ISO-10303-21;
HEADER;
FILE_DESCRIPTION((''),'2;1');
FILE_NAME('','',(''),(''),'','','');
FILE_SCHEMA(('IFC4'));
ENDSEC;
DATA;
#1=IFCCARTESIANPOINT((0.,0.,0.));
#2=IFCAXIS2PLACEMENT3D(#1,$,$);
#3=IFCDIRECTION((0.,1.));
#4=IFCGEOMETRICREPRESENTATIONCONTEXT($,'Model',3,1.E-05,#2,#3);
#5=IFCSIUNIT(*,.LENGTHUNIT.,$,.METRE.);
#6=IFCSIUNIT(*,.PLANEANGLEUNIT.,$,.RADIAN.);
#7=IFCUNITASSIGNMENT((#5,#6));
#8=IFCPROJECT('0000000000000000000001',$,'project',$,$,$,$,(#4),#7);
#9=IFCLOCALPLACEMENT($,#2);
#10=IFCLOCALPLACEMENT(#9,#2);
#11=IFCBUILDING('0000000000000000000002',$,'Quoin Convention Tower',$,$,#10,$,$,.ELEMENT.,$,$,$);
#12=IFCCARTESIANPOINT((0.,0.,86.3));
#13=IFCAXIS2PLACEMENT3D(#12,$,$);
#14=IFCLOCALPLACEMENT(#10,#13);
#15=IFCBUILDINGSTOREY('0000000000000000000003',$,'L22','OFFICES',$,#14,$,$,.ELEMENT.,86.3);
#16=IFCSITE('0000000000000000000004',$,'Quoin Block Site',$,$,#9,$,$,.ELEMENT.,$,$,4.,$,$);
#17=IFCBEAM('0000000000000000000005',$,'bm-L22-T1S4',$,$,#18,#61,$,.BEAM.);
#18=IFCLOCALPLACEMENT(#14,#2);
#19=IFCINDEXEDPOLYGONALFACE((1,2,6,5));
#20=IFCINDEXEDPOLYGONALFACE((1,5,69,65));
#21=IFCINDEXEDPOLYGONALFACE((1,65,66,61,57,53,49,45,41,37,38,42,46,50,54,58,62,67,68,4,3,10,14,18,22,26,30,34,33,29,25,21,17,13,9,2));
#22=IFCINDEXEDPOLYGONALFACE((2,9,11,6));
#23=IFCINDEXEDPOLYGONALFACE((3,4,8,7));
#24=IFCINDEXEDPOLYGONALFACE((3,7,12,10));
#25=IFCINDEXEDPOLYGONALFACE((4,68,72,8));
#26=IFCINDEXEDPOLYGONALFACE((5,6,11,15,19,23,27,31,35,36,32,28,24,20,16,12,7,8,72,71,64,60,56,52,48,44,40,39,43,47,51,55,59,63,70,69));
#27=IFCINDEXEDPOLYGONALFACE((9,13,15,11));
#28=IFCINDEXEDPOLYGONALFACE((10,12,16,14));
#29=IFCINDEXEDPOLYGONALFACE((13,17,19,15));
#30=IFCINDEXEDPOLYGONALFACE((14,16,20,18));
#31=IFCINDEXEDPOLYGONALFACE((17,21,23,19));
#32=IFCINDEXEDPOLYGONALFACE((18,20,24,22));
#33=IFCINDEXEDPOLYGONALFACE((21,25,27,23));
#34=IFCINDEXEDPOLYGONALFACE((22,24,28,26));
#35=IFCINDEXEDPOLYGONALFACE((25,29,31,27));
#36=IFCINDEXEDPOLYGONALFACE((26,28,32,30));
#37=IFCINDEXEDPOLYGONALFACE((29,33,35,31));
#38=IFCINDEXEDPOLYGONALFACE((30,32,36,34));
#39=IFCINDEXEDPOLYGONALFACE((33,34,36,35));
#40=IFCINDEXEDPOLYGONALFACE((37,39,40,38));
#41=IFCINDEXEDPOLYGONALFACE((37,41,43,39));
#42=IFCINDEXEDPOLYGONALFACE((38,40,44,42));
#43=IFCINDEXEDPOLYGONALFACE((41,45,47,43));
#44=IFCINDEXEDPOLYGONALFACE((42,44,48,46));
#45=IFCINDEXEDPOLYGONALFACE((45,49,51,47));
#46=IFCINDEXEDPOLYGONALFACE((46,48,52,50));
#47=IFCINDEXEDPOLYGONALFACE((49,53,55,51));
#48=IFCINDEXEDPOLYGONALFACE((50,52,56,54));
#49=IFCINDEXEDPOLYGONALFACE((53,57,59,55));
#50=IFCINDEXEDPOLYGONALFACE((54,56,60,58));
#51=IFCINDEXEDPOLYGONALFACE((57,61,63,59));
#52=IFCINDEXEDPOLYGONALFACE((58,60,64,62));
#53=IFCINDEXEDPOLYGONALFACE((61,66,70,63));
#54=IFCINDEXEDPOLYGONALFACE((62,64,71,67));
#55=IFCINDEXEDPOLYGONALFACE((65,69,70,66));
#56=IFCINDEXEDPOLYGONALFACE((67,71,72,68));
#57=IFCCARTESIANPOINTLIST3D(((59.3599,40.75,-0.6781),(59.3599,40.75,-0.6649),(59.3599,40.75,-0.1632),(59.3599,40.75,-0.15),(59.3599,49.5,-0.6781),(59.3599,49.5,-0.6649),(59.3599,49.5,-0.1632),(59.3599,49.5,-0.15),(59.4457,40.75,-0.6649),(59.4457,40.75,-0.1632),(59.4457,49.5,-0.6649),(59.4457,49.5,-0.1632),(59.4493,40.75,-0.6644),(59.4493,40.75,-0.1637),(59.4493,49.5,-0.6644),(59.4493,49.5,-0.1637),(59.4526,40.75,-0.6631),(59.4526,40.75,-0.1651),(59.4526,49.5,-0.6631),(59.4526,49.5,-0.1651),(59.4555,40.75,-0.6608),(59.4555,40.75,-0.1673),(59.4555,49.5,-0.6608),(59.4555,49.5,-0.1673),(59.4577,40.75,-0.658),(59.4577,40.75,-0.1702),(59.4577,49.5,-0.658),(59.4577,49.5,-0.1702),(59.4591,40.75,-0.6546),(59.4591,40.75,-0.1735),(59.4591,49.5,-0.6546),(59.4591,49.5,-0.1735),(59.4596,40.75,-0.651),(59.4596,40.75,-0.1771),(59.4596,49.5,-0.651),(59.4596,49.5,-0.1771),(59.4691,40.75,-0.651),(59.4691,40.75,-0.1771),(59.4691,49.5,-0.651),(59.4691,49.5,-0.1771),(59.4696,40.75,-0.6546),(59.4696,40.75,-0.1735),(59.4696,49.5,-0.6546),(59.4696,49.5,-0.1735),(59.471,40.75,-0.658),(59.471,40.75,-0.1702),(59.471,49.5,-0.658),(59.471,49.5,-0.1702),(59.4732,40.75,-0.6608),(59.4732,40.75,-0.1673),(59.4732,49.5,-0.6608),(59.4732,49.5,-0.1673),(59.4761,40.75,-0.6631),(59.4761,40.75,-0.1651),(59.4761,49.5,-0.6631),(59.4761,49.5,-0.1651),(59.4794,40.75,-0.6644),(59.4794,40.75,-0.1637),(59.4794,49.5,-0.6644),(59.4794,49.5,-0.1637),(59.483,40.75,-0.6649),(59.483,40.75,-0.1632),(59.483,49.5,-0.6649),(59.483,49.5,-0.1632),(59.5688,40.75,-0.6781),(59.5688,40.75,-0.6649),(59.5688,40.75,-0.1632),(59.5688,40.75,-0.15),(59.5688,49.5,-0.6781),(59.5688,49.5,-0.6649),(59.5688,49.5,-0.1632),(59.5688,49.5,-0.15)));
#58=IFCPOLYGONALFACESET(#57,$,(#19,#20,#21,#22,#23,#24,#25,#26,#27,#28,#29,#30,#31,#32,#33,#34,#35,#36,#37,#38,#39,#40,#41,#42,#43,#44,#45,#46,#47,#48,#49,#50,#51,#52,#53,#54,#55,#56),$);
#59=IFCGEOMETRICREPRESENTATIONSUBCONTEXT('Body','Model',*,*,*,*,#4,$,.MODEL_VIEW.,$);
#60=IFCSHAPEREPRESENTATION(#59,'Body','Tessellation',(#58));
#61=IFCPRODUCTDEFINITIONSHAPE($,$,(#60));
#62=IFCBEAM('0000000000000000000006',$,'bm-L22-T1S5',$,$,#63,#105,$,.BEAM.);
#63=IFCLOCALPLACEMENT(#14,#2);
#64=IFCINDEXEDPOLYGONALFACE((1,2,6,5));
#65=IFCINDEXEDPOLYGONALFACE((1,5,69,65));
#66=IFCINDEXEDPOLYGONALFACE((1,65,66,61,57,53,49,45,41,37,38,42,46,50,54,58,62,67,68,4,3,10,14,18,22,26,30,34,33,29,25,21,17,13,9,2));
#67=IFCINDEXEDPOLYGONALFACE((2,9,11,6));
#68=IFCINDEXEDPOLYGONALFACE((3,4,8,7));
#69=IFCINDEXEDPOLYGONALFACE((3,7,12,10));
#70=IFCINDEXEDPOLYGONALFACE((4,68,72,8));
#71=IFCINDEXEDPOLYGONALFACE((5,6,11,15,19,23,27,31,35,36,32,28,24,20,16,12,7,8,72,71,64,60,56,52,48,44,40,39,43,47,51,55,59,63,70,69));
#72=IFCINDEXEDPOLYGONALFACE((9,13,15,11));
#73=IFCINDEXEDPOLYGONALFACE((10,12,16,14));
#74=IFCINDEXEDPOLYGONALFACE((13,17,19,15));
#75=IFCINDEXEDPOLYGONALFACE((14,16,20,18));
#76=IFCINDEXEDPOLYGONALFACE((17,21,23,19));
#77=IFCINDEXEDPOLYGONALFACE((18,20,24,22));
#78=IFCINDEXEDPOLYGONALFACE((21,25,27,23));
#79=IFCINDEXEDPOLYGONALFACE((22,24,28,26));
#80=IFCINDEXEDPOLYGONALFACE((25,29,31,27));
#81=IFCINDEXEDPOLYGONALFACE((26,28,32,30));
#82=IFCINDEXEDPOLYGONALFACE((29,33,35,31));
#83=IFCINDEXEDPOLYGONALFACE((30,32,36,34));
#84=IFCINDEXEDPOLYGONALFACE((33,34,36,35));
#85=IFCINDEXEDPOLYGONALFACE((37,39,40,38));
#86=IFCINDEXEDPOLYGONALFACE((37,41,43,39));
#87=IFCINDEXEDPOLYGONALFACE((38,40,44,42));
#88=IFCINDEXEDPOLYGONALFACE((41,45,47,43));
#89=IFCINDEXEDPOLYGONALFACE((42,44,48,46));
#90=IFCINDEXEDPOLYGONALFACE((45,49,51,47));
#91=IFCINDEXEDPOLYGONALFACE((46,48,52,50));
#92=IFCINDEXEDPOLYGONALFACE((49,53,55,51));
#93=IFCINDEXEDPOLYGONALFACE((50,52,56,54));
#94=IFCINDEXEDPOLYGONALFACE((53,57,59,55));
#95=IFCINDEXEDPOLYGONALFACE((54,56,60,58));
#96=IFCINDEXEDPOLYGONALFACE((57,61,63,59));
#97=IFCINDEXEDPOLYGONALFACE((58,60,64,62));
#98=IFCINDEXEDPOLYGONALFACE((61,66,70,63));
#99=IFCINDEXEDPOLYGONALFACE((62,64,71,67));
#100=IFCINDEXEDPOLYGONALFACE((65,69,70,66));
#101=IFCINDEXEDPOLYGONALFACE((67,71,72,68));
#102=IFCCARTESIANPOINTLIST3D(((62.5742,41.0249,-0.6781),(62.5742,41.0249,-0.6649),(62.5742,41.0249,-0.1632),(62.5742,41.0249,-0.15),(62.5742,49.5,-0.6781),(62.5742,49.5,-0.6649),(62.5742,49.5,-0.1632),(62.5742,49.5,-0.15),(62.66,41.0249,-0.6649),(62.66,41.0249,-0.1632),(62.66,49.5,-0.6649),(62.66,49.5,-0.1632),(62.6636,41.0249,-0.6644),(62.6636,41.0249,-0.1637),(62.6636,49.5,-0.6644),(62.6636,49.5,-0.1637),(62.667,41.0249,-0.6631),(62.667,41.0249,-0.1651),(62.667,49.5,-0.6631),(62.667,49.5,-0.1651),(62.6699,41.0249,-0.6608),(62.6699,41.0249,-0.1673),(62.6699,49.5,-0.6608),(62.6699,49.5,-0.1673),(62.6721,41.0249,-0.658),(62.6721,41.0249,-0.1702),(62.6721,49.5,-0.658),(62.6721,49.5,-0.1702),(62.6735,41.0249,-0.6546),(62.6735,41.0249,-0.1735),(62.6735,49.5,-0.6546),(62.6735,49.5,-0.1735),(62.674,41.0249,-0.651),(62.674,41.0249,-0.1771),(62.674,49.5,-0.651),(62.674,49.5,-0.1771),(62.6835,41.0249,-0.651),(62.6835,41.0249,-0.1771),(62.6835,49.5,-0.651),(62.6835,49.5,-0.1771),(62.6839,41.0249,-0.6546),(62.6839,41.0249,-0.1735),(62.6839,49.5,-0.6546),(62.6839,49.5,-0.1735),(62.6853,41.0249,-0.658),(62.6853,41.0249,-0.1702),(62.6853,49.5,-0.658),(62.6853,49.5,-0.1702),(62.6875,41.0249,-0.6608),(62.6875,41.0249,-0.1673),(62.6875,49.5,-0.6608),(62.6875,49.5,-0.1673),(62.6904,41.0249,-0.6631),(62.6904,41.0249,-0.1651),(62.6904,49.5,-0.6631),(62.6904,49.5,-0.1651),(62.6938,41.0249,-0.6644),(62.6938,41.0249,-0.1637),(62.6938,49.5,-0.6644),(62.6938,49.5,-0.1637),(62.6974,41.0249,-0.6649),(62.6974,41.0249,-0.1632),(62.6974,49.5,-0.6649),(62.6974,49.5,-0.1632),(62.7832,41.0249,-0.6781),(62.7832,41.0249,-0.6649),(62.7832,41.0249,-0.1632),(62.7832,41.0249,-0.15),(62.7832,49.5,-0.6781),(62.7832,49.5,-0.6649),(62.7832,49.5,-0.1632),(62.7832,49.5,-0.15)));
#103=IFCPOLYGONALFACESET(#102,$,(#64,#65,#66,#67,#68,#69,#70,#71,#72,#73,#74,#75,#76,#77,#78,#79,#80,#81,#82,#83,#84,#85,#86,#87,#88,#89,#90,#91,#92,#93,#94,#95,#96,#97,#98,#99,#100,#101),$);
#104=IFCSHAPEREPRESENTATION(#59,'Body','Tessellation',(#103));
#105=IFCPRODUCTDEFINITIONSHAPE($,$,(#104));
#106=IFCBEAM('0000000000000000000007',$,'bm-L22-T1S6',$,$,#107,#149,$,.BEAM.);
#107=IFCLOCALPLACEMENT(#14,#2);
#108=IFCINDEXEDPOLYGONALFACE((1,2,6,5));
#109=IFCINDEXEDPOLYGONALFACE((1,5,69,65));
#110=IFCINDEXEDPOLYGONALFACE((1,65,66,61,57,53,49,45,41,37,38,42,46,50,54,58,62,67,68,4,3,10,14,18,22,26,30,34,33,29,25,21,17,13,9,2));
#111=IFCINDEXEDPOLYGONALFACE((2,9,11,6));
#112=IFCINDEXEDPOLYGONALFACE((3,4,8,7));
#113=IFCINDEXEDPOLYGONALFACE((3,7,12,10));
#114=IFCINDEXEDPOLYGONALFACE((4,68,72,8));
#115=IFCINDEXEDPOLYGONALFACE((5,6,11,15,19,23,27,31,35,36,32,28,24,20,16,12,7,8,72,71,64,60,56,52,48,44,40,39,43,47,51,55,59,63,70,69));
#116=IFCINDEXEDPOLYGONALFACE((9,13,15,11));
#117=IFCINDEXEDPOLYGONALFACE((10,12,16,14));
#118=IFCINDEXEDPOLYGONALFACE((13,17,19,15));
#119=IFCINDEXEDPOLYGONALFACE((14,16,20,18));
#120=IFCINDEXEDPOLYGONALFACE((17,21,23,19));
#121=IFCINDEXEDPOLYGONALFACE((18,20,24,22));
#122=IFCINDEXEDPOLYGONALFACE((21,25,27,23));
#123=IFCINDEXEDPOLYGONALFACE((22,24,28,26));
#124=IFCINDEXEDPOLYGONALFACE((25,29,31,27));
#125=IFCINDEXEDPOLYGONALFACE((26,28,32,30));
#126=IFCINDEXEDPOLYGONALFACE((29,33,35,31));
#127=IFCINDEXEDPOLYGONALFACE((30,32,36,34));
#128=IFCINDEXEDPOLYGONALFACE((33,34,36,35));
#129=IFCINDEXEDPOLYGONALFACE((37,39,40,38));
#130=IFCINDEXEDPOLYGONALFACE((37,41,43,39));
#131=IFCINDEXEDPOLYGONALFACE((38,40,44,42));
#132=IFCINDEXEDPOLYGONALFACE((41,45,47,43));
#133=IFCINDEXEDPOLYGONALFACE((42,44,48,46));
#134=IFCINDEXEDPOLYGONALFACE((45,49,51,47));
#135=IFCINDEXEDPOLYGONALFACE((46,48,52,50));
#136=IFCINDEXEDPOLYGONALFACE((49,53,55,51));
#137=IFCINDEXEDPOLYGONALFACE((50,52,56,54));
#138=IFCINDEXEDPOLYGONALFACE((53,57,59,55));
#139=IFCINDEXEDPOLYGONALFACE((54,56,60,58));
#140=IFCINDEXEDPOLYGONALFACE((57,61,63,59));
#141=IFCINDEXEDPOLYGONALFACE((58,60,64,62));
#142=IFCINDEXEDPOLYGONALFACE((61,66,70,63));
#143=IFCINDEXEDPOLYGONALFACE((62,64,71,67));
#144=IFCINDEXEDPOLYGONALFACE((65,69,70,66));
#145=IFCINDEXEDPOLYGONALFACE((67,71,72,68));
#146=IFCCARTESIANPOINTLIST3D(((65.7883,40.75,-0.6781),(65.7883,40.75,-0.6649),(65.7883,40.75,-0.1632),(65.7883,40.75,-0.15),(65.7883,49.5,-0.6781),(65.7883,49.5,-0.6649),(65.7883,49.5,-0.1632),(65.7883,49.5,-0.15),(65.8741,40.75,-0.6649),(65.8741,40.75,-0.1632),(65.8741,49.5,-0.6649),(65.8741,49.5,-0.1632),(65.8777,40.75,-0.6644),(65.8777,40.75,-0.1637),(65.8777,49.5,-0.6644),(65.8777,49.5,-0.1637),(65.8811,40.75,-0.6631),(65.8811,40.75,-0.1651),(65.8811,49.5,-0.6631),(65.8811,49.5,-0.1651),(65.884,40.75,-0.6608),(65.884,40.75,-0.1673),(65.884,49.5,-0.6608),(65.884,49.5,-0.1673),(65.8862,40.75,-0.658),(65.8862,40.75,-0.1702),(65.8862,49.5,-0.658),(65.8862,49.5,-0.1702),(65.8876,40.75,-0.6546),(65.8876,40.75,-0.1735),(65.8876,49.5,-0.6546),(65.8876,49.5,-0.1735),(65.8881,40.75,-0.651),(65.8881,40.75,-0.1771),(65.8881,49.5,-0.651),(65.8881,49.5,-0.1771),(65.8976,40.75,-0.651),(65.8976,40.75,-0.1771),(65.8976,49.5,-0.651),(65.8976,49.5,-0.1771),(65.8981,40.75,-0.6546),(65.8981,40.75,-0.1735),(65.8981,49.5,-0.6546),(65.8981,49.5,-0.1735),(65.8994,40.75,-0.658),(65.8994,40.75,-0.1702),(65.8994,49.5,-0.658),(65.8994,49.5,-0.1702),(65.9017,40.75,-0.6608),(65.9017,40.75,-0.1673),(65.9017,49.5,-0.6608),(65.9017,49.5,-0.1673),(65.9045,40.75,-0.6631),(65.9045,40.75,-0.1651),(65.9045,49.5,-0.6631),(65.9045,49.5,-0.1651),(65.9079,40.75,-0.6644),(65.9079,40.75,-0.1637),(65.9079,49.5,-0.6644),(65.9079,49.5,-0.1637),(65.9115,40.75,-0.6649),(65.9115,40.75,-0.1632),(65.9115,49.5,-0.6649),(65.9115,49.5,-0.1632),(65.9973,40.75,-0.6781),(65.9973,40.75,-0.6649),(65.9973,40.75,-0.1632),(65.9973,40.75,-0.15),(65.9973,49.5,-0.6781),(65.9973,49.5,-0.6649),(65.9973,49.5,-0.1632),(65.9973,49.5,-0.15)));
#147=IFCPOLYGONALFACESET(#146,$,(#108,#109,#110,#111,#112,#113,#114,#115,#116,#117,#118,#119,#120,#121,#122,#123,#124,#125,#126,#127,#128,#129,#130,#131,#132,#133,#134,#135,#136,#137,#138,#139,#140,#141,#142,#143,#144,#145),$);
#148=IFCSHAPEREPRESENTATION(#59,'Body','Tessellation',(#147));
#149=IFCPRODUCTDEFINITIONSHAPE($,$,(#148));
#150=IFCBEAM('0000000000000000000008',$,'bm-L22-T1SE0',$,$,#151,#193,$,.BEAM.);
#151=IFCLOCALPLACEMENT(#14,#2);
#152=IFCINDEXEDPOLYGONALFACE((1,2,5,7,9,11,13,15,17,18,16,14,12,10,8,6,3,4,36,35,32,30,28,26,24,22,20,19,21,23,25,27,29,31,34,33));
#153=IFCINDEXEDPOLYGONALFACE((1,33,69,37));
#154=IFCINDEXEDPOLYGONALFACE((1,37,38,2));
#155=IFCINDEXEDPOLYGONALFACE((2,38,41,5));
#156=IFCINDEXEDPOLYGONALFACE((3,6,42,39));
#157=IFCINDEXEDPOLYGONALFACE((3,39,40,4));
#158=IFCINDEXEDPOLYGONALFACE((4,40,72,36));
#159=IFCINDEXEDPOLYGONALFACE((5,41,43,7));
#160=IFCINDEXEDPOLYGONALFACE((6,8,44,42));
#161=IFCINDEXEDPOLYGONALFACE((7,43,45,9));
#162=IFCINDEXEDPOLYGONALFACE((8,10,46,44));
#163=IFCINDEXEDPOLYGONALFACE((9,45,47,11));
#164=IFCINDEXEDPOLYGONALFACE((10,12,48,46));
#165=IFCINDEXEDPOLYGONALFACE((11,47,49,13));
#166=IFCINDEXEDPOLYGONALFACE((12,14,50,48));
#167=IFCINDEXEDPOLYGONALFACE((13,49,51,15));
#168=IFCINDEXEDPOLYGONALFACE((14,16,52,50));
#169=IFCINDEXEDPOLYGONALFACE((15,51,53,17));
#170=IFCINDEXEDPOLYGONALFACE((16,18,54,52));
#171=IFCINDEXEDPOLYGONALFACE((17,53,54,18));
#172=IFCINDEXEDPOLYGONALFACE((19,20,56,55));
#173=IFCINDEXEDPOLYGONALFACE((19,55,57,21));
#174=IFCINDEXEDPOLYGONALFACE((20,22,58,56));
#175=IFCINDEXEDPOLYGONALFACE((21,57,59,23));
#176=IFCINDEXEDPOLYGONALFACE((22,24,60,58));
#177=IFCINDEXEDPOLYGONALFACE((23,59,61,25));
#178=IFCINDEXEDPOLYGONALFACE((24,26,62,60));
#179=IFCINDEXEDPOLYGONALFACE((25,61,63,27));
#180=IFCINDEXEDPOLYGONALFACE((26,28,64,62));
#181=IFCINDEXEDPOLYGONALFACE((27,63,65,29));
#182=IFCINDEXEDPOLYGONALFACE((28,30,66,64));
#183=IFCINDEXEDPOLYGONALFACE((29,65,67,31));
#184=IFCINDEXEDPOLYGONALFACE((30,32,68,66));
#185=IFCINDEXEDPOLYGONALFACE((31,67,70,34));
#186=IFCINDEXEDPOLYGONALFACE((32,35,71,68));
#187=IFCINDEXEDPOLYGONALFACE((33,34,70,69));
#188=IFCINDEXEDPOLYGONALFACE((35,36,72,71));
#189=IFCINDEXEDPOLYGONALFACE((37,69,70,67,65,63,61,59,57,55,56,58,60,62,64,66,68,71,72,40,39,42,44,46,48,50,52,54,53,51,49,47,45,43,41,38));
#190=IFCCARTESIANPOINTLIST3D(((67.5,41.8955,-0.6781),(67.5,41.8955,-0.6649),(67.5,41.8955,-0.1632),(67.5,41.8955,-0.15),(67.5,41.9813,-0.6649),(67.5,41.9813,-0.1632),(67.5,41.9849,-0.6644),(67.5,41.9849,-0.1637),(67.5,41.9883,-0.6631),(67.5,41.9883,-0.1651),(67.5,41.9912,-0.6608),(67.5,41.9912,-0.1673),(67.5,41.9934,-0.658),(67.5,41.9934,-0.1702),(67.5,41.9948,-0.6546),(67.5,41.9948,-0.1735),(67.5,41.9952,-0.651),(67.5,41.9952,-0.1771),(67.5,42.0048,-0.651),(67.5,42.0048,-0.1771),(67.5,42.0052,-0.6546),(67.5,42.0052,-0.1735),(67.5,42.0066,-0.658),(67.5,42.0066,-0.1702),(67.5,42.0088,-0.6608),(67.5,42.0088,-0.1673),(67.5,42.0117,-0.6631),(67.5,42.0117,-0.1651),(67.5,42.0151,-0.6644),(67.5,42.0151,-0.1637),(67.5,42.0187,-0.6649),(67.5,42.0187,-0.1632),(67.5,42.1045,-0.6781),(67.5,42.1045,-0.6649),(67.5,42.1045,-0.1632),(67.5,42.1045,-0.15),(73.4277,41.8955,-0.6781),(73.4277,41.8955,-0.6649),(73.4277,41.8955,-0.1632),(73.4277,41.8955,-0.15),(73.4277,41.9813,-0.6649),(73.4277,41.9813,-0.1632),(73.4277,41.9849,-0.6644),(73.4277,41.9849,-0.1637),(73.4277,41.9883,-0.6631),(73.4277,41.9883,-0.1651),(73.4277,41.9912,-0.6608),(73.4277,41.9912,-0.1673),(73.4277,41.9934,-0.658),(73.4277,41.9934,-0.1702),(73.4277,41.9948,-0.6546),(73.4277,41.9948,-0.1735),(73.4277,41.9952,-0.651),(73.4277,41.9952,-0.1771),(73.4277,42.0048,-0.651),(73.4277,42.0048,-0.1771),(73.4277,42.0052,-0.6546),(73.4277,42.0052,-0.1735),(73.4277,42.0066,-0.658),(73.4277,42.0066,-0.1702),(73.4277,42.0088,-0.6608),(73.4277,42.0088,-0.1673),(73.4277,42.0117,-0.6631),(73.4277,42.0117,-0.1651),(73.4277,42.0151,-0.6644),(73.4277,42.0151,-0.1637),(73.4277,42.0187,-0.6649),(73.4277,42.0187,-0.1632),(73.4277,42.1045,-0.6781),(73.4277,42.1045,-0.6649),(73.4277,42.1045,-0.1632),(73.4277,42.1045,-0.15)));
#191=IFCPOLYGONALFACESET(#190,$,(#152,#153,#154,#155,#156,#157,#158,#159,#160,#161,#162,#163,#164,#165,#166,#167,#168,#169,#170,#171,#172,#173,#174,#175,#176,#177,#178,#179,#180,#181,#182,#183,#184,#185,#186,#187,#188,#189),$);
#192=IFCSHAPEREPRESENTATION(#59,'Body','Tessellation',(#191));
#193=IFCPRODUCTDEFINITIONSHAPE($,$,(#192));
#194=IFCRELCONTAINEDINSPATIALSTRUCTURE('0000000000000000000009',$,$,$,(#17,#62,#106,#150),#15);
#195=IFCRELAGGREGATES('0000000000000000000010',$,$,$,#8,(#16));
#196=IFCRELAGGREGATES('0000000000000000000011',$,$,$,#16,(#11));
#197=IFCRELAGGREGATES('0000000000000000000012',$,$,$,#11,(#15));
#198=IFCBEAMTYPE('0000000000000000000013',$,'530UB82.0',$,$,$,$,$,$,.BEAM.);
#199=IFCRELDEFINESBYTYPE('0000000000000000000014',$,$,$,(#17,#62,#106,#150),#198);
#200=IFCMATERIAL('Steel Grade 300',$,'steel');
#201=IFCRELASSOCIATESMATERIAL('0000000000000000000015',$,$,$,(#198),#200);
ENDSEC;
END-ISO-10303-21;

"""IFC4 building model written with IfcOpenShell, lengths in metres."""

from ifc_helpers import new_model, si_unit, direction, frame, origin, origin_2d, place, context, subcontext, project, spatial, i_section, extrude, material, material_profile, profile_set, type_object, element, save


model = new_model("IFC4")

# Units and contexts
model_context = context("Model", 3, precision=1e-05, world=origin(), true_north=direction((0.0, 1.0)))
body_context = subcontext(model_context, "Body", "Model", "MODEL_VIEW")
ifc_project = project(units=[si_unit("LENGTHUNIT", "METRE"), si_unit("PLANEANGLEUNIT", "RADIAN")], contexts=[model_context])

# Site, building, storey
site_placement = place(None, origin())
site = spatial("IfcSite", under=ifc_project, at=site_placement, Name="Quoin Block Site", CompositionType="ELEMENT", RefElevation=4.0)
building_placement = place(site_placement, origin())
building = spatial("IfcBuilding", under=site, at=building_placement, Name="Quoin Convention Tower", CompositionType="ELEMENT")
storey_placement = place(building_placement, frame((0.0, 0.0, 86.3)))
storey = spatial("IfcBuildingStorey", under=building, at=storey_placement, Name="L22", Description="OFFICES", CompositionType="ELEMENT", Elevation=86.3)

# Beams
ifc_material_1 = material(Name="Steel Grade 300", Category="steel")
ifc_material_profile = material_profile(ifc_material_1, i_section(OverallWidth=0.209, OverallDepth=0.5281, WebThickness=0.0095, FlangeThickness=0.0132, FilletRadius=0.0139, at=origin_2d()), Name="530UB82.0")
ifc_profile_set = profile_set([ifc_material_profile], Name="Steel Grade 300")
beam_type = type_object("IfcBeamType", Name="530UB82.0", PredefinedType="BEAM", material=ifc_profile_set)
beam_1_placement = place(storey_placement, frame((59.4644, 40.75, -0.4141), z_axis=(0.0, 1.0, 0.0), x_axis=(-1.0, 0.0, 0.0)))
element("IfcBeam", 1, at=beam_1_placement, inside=storey, type_object=beam_type, Name="bm-L22-T1S4", PredefinedType="BEAM", context=body_context, shape_type="SweptSolid", body=[
    extrude(i_section(OverallWidth=0.209, OverallDepth=0.5281, WebThickness=0.0095, FlangeThickness=0.0132, FilletRadius=0.0139, at=origin_2d()), origin(), (0.0, 0.0, 1.0), 8.75),
])
beam_2_placement = place(storey_placement, frame((62.6787, 41.0249, -0.4141), z_axis=(0.0, 1.0, 0.0), x_axis=(-1.0, 0.0, 0.0)))
element("IfcBeam", 2, at=beam_2_placement, inside=storey, type_object=beam_type, Name="bm-L22-T1S5", PredefinedType="BEAM", context=body_context, shape_type="SweptSolid", body=[
    extrude(i_section(OverallWidth=0.209, OverallDepth=0.5281, WebThickness=0.0095, FlangeThickness=0.0132, FilletRadius=0.0139, at=origin_2d()), origin(), (0.0, 0.0, 1.0), 8.4751),
])
beam_3_placement = place(storey_placement, frame((65.8928, 40.75, -0.4141), z_axis=(0.0, 1.0, 0.0), x_axis=(-1.0, 0.0, 0.0)))
element("IfcBeam", 3, at=beam_3_placement, inside=storey, type_object=beam_type, Name="bm-L22-T1S6", PredefinedType="BEAM", context=body_context, shape_type="SweptSolid", body=[
    extrude(i_section(OverallWidth=0.209, OverallDepth=0.5281, WebThickness=0.0095, FlangeThickness=0.0132, FilletRadius=0.0139, at=origin_2d()), origin(), (0.0, 0.0, 1.0), 8.75),
])
beam_4_placement = place(storey_placement, frame((67.5, 42.0, -0.4141), z_axis=(1.0, 0.0, 0.0), x_axis=(0.0, 1.0, 0.0)))
element("IfcBeam", 4, at=beam_4_placement, inside=storey, type_object=beam_type, Name="bm-L22-T1SE0", PredefinedType="BEAM", context=body_context, shape_type="SweptSolid", body=[
    extrude(i_section(OverallWidth=0.209, OverallDepth=0.5281, WebThickness=0.0095, FlangeThickness=0.0132, FilletRadius=0.0139, at=origin_2d()), origin(), (0.0, 0.0, 1.0), 5.9277),
])

save(model, "model.ifc")
